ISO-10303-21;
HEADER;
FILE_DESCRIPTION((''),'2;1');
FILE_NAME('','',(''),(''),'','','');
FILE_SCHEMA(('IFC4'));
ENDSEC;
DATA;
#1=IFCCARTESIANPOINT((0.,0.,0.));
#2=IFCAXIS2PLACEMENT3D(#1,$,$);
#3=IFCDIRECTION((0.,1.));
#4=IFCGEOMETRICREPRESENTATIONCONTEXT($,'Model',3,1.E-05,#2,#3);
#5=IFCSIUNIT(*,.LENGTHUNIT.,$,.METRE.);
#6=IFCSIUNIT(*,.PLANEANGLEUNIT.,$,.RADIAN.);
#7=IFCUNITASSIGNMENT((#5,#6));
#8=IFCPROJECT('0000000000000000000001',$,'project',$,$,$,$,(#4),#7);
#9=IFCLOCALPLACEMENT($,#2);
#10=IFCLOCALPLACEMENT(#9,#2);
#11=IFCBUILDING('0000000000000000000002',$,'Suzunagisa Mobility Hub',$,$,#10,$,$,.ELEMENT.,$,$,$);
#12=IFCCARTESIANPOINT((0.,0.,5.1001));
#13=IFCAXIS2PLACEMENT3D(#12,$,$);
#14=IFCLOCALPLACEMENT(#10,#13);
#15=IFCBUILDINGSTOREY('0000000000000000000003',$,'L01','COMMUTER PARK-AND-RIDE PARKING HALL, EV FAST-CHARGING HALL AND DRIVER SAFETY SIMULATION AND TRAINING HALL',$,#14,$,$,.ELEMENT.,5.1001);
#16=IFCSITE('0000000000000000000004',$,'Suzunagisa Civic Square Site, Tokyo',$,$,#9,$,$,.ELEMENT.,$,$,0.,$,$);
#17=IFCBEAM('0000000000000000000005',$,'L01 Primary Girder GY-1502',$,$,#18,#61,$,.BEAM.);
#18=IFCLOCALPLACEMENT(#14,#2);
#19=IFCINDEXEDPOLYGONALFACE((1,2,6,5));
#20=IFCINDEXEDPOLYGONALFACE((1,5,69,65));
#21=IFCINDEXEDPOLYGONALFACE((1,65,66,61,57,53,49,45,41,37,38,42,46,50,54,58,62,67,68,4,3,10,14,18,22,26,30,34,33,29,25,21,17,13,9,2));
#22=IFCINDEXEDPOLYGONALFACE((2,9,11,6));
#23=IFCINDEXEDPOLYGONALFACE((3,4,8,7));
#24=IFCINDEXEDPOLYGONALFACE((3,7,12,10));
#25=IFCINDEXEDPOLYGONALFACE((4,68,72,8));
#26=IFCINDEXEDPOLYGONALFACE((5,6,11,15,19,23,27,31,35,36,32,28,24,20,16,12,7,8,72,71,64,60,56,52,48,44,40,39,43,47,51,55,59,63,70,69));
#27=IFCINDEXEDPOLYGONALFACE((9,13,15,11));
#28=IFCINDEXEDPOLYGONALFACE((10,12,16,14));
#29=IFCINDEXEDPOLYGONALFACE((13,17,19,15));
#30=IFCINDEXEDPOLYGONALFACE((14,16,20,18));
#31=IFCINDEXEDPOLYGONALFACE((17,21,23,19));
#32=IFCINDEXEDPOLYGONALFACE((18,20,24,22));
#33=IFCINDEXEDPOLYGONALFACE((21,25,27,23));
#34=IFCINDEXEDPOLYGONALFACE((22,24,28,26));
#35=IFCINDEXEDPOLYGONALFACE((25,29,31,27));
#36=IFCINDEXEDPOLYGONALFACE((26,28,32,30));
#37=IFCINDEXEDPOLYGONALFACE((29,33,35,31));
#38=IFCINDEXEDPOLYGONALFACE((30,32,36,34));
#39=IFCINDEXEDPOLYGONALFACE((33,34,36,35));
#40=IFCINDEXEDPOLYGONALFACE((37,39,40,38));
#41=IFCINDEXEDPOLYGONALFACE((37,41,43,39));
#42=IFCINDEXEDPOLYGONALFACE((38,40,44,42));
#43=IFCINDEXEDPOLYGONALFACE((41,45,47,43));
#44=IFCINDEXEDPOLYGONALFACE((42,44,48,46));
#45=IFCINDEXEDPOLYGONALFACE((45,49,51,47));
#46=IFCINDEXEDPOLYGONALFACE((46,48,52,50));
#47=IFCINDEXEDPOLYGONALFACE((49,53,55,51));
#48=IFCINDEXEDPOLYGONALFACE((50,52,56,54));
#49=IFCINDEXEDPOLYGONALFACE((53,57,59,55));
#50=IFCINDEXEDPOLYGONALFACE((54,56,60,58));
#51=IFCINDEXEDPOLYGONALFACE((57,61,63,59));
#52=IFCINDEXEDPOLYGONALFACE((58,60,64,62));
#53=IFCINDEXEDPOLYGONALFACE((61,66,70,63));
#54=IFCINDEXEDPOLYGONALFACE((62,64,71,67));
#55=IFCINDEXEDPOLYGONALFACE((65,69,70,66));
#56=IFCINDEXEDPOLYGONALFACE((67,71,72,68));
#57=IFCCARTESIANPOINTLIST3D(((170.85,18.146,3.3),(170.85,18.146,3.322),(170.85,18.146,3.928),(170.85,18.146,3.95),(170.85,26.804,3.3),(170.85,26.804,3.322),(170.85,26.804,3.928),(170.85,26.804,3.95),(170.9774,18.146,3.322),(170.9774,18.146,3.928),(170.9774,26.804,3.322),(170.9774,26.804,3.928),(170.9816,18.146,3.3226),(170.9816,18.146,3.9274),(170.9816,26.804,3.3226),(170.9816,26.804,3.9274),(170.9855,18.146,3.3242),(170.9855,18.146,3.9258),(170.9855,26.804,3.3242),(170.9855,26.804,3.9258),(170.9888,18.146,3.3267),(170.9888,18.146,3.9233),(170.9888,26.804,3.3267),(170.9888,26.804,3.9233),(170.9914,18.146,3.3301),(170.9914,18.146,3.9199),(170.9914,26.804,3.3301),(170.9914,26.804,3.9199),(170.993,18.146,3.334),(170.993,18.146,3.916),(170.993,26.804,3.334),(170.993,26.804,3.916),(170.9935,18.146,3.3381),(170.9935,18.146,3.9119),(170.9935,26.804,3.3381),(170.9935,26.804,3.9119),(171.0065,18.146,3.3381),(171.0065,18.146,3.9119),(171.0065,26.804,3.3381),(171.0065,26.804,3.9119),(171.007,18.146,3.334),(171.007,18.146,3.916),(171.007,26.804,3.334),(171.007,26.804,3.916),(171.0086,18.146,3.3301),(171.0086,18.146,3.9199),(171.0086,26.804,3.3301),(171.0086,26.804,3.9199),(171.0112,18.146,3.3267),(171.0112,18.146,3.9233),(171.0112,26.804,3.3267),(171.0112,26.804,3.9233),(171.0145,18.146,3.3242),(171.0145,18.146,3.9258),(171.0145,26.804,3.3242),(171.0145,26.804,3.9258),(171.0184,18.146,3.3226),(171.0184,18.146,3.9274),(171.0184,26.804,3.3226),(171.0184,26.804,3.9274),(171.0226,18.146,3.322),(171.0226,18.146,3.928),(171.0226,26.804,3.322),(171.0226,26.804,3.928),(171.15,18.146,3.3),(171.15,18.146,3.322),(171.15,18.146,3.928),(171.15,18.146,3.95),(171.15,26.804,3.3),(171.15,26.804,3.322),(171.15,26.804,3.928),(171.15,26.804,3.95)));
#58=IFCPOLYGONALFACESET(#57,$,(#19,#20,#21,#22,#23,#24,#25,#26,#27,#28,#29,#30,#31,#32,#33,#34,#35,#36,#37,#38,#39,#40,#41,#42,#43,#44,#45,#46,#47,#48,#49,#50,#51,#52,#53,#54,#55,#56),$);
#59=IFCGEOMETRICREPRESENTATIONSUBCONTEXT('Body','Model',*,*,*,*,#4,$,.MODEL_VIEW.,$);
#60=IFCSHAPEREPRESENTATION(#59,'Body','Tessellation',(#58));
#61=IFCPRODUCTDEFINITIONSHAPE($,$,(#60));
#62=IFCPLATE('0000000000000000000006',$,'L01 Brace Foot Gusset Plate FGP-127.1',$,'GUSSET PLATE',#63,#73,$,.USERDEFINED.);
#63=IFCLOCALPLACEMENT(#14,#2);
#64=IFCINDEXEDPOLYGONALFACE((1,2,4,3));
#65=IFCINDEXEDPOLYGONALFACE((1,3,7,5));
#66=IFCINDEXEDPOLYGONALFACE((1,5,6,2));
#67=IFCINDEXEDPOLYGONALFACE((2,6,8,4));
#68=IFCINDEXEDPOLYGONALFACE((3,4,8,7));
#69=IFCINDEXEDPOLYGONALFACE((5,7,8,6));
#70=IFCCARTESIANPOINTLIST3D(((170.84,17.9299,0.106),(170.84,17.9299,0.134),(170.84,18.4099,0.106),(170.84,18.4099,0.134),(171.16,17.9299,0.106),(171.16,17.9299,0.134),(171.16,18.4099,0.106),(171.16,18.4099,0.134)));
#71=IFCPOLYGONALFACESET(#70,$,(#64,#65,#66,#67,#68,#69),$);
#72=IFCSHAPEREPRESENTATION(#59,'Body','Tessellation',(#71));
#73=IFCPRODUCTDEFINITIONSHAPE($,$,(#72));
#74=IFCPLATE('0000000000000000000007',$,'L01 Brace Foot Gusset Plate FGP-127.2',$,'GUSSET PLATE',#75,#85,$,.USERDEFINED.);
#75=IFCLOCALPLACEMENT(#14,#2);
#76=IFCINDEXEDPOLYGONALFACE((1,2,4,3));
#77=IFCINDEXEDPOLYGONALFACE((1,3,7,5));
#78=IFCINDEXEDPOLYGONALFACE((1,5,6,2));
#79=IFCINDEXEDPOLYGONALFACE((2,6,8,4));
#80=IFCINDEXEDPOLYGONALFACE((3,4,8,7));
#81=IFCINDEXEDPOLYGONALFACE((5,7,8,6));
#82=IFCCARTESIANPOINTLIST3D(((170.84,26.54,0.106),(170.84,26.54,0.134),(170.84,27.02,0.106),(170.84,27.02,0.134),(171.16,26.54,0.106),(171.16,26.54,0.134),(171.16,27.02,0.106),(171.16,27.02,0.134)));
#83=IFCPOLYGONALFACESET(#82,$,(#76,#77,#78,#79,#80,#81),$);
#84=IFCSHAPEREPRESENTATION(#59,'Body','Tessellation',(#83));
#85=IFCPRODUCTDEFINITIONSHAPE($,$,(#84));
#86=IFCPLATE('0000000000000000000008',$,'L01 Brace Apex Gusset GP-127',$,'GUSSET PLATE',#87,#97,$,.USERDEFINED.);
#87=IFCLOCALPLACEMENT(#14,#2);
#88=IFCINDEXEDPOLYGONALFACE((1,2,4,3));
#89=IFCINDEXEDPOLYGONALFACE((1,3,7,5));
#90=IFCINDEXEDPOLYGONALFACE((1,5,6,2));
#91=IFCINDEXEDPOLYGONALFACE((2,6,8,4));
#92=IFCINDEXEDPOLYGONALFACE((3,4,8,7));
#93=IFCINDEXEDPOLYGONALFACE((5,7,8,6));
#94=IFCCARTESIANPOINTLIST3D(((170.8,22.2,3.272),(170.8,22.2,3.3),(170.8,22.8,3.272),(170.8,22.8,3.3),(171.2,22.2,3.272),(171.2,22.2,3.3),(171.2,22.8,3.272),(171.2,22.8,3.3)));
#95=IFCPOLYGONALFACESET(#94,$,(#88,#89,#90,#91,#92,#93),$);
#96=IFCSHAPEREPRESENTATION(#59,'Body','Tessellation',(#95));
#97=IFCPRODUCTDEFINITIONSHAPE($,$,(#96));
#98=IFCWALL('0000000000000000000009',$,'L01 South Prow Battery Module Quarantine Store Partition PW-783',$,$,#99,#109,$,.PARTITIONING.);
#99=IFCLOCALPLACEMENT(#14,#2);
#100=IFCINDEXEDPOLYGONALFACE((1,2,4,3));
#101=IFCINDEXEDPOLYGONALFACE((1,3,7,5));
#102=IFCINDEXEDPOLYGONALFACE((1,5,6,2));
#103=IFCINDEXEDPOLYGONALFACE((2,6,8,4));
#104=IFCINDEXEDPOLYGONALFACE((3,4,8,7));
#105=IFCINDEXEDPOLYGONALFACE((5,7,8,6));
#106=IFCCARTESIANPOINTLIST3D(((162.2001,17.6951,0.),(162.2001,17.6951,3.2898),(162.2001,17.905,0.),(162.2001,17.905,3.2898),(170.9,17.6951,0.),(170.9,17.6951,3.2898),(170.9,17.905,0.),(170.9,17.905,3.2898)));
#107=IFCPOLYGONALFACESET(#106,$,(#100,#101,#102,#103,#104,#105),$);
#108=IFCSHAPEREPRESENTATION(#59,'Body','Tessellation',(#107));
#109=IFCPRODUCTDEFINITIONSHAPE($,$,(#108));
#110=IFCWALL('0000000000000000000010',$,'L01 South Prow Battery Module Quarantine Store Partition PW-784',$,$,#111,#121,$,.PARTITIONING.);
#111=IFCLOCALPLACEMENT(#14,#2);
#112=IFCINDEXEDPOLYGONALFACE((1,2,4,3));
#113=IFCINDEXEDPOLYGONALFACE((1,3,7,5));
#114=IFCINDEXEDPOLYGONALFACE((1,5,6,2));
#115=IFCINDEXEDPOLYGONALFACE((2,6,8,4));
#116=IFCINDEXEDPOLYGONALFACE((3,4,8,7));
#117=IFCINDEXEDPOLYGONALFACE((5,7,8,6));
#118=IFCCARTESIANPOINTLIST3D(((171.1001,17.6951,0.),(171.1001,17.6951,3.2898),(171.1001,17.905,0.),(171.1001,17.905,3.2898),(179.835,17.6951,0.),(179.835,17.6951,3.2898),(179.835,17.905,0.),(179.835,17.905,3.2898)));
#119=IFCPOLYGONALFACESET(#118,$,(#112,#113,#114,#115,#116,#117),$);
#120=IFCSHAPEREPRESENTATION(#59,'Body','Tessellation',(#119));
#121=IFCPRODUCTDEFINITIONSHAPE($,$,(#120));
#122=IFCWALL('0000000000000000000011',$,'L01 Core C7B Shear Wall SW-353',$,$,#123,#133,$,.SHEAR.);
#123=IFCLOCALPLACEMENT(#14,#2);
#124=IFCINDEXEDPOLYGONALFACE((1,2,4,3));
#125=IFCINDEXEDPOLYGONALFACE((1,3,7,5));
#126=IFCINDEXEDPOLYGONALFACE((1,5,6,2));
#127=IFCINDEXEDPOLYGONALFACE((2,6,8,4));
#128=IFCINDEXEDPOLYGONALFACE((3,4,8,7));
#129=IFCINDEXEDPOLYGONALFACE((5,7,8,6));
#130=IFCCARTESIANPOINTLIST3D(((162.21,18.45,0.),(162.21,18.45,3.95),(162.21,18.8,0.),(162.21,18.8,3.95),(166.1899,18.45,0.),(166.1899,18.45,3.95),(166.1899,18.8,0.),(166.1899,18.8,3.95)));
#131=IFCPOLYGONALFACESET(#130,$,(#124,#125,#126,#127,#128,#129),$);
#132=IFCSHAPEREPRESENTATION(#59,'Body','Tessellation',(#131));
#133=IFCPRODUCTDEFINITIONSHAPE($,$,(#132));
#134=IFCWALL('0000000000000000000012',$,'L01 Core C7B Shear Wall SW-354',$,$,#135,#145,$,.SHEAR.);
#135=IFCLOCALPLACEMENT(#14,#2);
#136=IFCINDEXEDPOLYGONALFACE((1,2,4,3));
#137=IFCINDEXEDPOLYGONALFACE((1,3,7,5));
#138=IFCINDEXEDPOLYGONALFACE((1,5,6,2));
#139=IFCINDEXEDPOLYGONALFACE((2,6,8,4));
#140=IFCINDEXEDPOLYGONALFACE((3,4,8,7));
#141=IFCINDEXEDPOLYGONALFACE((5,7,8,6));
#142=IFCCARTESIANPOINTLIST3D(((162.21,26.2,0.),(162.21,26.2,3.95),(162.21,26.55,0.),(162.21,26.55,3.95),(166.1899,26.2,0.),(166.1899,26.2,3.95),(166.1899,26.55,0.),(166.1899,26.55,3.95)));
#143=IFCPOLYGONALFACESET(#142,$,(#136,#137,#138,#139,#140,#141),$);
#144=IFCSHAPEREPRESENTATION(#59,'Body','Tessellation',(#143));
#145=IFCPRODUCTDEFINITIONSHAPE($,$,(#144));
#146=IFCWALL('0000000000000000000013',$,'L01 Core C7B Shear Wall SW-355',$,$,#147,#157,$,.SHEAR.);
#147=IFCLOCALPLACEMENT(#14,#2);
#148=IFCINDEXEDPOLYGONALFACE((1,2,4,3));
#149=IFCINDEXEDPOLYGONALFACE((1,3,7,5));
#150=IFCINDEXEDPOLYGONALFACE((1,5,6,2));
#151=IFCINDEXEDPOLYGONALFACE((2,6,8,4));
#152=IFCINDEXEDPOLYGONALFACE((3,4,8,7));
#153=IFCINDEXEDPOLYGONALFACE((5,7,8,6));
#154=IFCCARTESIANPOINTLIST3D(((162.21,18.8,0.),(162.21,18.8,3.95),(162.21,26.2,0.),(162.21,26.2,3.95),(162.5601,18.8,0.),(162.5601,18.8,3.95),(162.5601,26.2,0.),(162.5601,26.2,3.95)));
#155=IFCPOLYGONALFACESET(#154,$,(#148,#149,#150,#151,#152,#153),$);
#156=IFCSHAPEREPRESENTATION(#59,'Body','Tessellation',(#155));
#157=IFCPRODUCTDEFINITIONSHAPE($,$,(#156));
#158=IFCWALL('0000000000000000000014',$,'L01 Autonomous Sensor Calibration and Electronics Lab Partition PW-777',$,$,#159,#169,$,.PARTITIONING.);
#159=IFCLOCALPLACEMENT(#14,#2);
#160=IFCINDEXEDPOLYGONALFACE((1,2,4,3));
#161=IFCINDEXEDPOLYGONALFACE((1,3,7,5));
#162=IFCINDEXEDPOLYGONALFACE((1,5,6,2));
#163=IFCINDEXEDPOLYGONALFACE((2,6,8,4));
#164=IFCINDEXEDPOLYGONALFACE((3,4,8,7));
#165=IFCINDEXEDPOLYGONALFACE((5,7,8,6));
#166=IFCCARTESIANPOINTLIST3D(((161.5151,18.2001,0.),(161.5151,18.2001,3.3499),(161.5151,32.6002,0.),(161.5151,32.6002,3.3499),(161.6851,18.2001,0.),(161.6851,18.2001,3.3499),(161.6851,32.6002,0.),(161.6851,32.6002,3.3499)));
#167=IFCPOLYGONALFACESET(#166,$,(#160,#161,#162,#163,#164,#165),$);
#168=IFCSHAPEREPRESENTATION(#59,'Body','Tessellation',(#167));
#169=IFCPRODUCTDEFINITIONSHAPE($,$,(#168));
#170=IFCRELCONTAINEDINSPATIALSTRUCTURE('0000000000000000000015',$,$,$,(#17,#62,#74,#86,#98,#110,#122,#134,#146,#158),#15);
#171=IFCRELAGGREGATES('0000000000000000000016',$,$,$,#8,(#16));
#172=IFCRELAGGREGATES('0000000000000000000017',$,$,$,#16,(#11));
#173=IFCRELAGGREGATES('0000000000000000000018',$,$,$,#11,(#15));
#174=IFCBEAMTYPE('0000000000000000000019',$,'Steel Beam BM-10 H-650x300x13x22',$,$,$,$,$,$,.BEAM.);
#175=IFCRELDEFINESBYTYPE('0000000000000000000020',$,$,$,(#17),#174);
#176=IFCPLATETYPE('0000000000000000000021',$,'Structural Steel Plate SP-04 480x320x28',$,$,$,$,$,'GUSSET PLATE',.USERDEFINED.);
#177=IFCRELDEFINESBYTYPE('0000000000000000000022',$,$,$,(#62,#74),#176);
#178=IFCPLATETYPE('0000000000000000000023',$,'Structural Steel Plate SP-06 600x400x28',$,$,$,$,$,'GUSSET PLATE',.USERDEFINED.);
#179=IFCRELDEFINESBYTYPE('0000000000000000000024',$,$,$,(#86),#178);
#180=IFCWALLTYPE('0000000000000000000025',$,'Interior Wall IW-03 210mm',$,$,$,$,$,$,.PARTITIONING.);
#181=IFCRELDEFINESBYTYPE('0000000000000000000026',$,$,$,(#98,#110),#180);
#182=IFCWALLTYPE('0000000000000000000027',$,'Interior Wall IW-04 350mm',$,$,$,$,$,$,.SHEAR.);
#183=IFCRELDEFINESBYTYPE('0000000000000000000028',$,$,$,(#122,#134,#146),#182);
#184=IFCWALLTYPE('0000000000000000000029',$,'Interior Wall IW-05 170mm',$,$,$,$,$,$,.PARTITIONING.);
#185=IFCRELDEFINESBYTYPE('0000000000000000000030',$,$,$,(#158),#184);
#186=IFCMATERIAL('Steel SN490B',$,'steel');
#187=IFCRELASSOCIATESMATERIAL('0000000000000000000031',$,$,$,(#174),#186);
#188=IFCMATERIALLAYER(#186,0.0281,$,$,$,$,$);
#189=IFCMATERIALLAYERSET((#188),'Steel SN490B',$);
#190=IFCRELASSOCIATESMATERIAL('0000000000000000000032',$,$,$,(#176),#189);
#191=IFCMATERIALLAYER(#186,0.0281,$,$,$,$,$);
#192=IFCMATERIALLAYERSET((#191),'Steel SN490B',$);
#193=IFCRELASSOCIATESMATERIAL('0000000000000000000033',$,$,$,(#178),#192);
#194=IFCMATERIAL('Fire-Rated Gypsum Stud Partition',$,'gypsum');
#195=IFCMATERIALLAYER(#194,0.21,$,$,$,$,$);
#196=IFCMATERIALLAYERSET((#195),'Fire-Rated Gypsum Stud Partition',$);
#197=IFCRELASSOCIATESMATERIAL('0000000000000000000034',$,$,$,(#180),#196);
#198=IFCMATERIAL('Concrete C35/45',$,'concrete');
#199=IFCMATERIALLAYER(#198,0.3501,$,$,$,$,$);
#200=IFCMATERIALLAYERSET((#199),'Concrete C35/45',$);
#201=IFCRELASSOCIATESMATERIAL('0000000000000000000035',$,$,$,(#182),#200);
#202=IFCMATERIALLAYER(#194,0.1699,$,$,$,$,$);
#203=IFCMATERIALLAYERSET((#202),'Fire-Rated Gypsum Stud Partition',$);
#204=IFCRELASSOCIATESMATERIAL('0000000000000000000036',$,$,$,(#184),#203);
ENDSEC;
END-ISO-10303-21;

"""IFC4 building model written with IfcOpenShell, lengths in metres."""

from ifc_helpers import new_model, si_unit, direction, frame, frame_2d, origin, origin_2d, place, context, subcontext, project, spatial, rectangle, i_section, extrude, material, layer, layer_set, material_profile, profile_set, type_object, element, save


model = new_model("IFC4")

# Units and contexts
model_context = context("Model", 3, precision=1e-05, world=origin(), true_north=direction((0.0, 1.0)))
body_context = subcontext(model_context, "Body", "Model", "MODEL_VIEW")
ifc_project = project(units=[si_unit("LENGTHUNIT", "METRE"), si_unit("PLANEANGLEUNIT", "RADIAN")], contexts=[model_context])

# Site, building, storey
site_placement = place(None, origin())
site = spatial("IfcSite", under=ifc_project, at=site_placement, Name="Suzunagisa Civic Square Site, Tokyo", CompositionType="ELEMENT", RefElevation=0.0)
building_placement = place(site_placement, origin())
building = spatial("IfcBuilding", under=site, at=building_placement, Name="Suzunagisa Mobility Hub", CompositionType="ELEMENT")
storey_placement = place(building_placement, frame((0.0, 0.0, 5.1001)))
storey = spatial("IfcBuildingStorey", under=building, at=storey_placement, Name="L01", Description="COMMUTER PARK-AND-RIDE PARKING HALL, EV FAST-CHARGING HALL AND DRIVER SAFETY SIMULATION AND TRAINING HALL", CompositionType="ELEMENT", Elevation=5.1001)

# Shared definitions
ifc_material_1 = material(Name="Steel SN490B", Category="steel")

# Beam
ifc_material_profile_1 = material_profile(ifc_material_1, i_section(OverallWidth=0.3, OverallDepth=0.6499, WebThickness=0.0129, FlangeThickness=0.022, FilletRadius=0.0161, at=origin_2d()), Name="H-650x300x13x22")
ifc_profile_set_1 = profile_set([ifc_material_profile_1], Name="Steel SN490B")
beam_type_1 = type_object("IfcBeamType", Name="Steel Beam BM-10 H-650x300x13x22", PredefinedType="BEAM", material=ifc_profile_set_1)
for number, where, z_axis, x_axis, name in (
    (1, (171.0, 18.146, 3.625), (0.0, 1.0, 0.0), (-1.0, 0.0, 0.0), "L01 Primary Girder GY-1502"),
):
    element("IfcBeam", number, at=place(storey_placement, frame(where, z_axis=z_axis, x_axis=x_axis)), inside=storey, type_object=beam_type_1, Name=name, PredefinedType="BEAM", context=body_context, shape_type="SweptSolid", body=[
        extrude(i_section(OverallWidth=0.3, OverallDepth=0.6499, WebThickness=0.0129, FlangeThickness=0.022, FilletRadius=0.0161, at=origin_2d()), origin(), (0.0, 0.0, 1.0), 8.658),
    ])

# Plates
ifc_layer_1 = layer(ifc_material_1, 0.0281)
ifc_layer_set_1 = layer_set([ifc_layer_1], Name="Steel SN490B")
plate_type_1 = type_object("IfcPlateType", Name="Structural Steel Plate SP-04 480x320x28", ElementType="GUSSET PLATE", PredefinedType="USERDEFINED", material=ifc_layer_set_1)
for number, where, z_axis, x_axis, name in (
    (2, (171.0, 18.1699, 0.106), (0.0, 0.0, 1.0), (1.0, 0.0, 0.0), "L01 Brace Foot Gusset Plate FGP-127.1"),
    (3, (171.0, 26.78, 0.106), (0.0, 0.0, 1.0), (1.0, 0.0, 0.0), "L01 Brace Foot Gusset Plate FGP-127.2"),
):
    element("IfcPlate", number, at=place(storey_placement, frame(where, z_axis=z_axis, x_axis=x_axis)), inside=storey, type_object=plate_type_1, Name=name, ObjectType="GUSSET PLATE", PredefinedType="USERDEFINED", context=body_context, shape_type="SweptSolid", body=[
        extrude(rectangle(XDim=0.3201, YDim=0.48, at=origin_2d()), origin(), (0.0, 0.0, 1.0), 0.0281),
    ])
ifc_layer_2 = layer(ifc_material_1, 0.0281)
ifc_layer_set_2 = layer_set([ifc_layer_2], Name="Steel SN490B")
plate_type_2 = type_object("IfcPlateType", Name="Structural Steel Plate SP-06 600x400x28", ElementType="GUSSET PLATE", PredefinedType="USERDEFINED", material=ifc_layer_set_2)
plate_placement = place(storey_placement, frame((171.0, 22.5, 3.272), z_axis=(0.0, 0.0, 1.0), x_axis=(1.0, 0.0, 0.0)))
element("IfcPlate", 4, at=plate_placement, inside=storey, type_object=plate_type_2, Name="L01 Brace Apex Gusset GP-127", ObjectType="GUSSET PLATE", PredefinedType="USERDEFINED", context=body_context, shape_type="SweptSolid", body=[
    extrude(rectangle(XDim=0.3999, YDim=0.6001, at=origin_2d()), origin(), (0.0, 0.0, 1.0), 0.0281),
])

# Walls
ifc_material_2 = material(Name="Fire-Rated Gypsum Stud Partition", Category="gypsum")
ifc_layer_3 = layer(ifc_material_2, 0.21)
ifc_layer_set_3 = layer_set([ifc_layer_3], Name="Fire-Rated Gypsum Stud Partition")
wall_type_1 = type_object("IfcWallType", Name="Interior Wall IW-03 210mm", PredefinedType="PARTITIONING", material=ifc_layer_set_3)
wall_1_placement = place(storey_placement, frame((162.2, 17.8, 0.0), z_axis=(0.0, 0.0, 1.0), x_axis=(1.0, 0.0, 0.0)))
element("IfcWall", 5, at=wall_1_placement, inside=storey, type_object=wall_type_1, Name="L01 South Prow Battery Module Quarantine Store Partition PW-783", PredefinedType="PARTITIONING", context=body_context, shape_type="SweptSolid", body=[
    extrude(rectangle(XDim=8.7, YDim=0.21, at=frame_2d((4.3501, 0.0))), origin(), (0.0, 0.0, 1.0), 3.2898),
])
wall_2_placement = place(storey_placement, frame((171.1001, 17.8, 0.0), z_axis=(0.0, 0.0, 1.0), x_axis=(1.0, 0.0, 0.0)))
element("IfcWall", 6, at=wall_2_placement, inside=storey, type_object=wall_type_1, Name="L01 South Prow Battery Module Quarantine Store Partition PW-784", PredefinedType="PARTITIONING", context=body_context, shape_type="SweptSolid", body=[
    extrude(rectangle(XDim=8.7349, YDim=0.21, at=frame_2d((4.3674, 0.0))), origin(), (0.0, 0.0, 1.0), 3.2898),
])
ifc_material_3 = material(Name="Concrete C35/45", Category="concrete")
ifc_layer_4 = layer(ifc_material_3, 0.3501)
ifc_layer_set_4 = layer_set([ifc_layer_4], Name="Concrete C35/45")
wall_type_2 = type_object("IfcWallType", Name="Interior Wall IW-04 350mm", PredefinedType="SHEAR", material=ifc_layer_set_4)
for number, where, z_axis, x_axis, name in (
    (7, (162.21, 18.625, 0.0), (0.0, 0.0, 1.0), (1.0, 0.0, 0.0), "L01 Core C7B Shear Wall SW-353"),
    (8, (162.21, 26.375, 0.0), (0.0, 0.0, 1.0), (1.0, 0.0, 0.0), "L01 Core C7B Shear Wall SW-354"),
):
    element("IfcWall", number, at=place(storey_placement, frame(where, z_axis=z_axis, x_axis=x_axis)), inside=storey, type_object=wall_type_2, Name=name, PredefinedType="SHEAR", context=body_context, shape_type="SweptSolid", body=[
        extrude(rectangle(XDim=3.98, YDim=0.3501, at=frame_2d((1.99, 0.0))), origin(), (0.0, 0.0, 1.0), 3.95),
    ])
wall_3_placement = place(storey_placement, frame((162.385, 18.8, 0.0), z_axis=(0.0, 0.0, 1.0), x_axis=(0.0, 1.0, 0.0)))
element("IfcWall", 9, at=wall_3_placement, inside=storey, type_object=wall_type_2, Name="L01 Core C7B Shear Wall SW-355", PredefinedType="SHEAR", context=body_context, shape_type="SweptSolid", body=[
    extrude(rectangle(XDim=7.3999, YDim=0.3501, at=frame_2d((3.7, 0.0))), origin(), (0.0, 0.0, 1.0), 3.95),
])

# Wall
ifc_layer_5 = layer(ifc_material_2, 0.1699)
ifc_layer_set_5 = layer_set([ifc_layer_5], Name="Fire-Rated Gypsum Stud Partition")
wall_type_3 = type_object("IfcWallType", Name="Interior Wall IW-05 170mm", PredefinedType="PARTITIONING", material=ifc_layer_set_5)
wall_4_placement = place(storey_placement, frame((161.6001, 18.2, 0.0), z_axis=(0.0, 0.0, 1.0), x_axis=(0.0, 1.0, 0.0)))
element("IfcWall", 10, at=wall_4_placement, inside=storey, type_object=wall_type_3, Name="L01 Autonomous Sensor Calibration and Electronics Lab Partition PW-777", PredefinedType="PARTITIONING", context=body_context, shape_type="SweptSolid", body=[
    extrude(rectangle(XDim=14.4001, YDim=0.1699, at=frame_2d((7.2002, 0.0))), origin(), (0.0, 0.0, 1.0), 3.3499),
])

save(model, "model.ifc")
